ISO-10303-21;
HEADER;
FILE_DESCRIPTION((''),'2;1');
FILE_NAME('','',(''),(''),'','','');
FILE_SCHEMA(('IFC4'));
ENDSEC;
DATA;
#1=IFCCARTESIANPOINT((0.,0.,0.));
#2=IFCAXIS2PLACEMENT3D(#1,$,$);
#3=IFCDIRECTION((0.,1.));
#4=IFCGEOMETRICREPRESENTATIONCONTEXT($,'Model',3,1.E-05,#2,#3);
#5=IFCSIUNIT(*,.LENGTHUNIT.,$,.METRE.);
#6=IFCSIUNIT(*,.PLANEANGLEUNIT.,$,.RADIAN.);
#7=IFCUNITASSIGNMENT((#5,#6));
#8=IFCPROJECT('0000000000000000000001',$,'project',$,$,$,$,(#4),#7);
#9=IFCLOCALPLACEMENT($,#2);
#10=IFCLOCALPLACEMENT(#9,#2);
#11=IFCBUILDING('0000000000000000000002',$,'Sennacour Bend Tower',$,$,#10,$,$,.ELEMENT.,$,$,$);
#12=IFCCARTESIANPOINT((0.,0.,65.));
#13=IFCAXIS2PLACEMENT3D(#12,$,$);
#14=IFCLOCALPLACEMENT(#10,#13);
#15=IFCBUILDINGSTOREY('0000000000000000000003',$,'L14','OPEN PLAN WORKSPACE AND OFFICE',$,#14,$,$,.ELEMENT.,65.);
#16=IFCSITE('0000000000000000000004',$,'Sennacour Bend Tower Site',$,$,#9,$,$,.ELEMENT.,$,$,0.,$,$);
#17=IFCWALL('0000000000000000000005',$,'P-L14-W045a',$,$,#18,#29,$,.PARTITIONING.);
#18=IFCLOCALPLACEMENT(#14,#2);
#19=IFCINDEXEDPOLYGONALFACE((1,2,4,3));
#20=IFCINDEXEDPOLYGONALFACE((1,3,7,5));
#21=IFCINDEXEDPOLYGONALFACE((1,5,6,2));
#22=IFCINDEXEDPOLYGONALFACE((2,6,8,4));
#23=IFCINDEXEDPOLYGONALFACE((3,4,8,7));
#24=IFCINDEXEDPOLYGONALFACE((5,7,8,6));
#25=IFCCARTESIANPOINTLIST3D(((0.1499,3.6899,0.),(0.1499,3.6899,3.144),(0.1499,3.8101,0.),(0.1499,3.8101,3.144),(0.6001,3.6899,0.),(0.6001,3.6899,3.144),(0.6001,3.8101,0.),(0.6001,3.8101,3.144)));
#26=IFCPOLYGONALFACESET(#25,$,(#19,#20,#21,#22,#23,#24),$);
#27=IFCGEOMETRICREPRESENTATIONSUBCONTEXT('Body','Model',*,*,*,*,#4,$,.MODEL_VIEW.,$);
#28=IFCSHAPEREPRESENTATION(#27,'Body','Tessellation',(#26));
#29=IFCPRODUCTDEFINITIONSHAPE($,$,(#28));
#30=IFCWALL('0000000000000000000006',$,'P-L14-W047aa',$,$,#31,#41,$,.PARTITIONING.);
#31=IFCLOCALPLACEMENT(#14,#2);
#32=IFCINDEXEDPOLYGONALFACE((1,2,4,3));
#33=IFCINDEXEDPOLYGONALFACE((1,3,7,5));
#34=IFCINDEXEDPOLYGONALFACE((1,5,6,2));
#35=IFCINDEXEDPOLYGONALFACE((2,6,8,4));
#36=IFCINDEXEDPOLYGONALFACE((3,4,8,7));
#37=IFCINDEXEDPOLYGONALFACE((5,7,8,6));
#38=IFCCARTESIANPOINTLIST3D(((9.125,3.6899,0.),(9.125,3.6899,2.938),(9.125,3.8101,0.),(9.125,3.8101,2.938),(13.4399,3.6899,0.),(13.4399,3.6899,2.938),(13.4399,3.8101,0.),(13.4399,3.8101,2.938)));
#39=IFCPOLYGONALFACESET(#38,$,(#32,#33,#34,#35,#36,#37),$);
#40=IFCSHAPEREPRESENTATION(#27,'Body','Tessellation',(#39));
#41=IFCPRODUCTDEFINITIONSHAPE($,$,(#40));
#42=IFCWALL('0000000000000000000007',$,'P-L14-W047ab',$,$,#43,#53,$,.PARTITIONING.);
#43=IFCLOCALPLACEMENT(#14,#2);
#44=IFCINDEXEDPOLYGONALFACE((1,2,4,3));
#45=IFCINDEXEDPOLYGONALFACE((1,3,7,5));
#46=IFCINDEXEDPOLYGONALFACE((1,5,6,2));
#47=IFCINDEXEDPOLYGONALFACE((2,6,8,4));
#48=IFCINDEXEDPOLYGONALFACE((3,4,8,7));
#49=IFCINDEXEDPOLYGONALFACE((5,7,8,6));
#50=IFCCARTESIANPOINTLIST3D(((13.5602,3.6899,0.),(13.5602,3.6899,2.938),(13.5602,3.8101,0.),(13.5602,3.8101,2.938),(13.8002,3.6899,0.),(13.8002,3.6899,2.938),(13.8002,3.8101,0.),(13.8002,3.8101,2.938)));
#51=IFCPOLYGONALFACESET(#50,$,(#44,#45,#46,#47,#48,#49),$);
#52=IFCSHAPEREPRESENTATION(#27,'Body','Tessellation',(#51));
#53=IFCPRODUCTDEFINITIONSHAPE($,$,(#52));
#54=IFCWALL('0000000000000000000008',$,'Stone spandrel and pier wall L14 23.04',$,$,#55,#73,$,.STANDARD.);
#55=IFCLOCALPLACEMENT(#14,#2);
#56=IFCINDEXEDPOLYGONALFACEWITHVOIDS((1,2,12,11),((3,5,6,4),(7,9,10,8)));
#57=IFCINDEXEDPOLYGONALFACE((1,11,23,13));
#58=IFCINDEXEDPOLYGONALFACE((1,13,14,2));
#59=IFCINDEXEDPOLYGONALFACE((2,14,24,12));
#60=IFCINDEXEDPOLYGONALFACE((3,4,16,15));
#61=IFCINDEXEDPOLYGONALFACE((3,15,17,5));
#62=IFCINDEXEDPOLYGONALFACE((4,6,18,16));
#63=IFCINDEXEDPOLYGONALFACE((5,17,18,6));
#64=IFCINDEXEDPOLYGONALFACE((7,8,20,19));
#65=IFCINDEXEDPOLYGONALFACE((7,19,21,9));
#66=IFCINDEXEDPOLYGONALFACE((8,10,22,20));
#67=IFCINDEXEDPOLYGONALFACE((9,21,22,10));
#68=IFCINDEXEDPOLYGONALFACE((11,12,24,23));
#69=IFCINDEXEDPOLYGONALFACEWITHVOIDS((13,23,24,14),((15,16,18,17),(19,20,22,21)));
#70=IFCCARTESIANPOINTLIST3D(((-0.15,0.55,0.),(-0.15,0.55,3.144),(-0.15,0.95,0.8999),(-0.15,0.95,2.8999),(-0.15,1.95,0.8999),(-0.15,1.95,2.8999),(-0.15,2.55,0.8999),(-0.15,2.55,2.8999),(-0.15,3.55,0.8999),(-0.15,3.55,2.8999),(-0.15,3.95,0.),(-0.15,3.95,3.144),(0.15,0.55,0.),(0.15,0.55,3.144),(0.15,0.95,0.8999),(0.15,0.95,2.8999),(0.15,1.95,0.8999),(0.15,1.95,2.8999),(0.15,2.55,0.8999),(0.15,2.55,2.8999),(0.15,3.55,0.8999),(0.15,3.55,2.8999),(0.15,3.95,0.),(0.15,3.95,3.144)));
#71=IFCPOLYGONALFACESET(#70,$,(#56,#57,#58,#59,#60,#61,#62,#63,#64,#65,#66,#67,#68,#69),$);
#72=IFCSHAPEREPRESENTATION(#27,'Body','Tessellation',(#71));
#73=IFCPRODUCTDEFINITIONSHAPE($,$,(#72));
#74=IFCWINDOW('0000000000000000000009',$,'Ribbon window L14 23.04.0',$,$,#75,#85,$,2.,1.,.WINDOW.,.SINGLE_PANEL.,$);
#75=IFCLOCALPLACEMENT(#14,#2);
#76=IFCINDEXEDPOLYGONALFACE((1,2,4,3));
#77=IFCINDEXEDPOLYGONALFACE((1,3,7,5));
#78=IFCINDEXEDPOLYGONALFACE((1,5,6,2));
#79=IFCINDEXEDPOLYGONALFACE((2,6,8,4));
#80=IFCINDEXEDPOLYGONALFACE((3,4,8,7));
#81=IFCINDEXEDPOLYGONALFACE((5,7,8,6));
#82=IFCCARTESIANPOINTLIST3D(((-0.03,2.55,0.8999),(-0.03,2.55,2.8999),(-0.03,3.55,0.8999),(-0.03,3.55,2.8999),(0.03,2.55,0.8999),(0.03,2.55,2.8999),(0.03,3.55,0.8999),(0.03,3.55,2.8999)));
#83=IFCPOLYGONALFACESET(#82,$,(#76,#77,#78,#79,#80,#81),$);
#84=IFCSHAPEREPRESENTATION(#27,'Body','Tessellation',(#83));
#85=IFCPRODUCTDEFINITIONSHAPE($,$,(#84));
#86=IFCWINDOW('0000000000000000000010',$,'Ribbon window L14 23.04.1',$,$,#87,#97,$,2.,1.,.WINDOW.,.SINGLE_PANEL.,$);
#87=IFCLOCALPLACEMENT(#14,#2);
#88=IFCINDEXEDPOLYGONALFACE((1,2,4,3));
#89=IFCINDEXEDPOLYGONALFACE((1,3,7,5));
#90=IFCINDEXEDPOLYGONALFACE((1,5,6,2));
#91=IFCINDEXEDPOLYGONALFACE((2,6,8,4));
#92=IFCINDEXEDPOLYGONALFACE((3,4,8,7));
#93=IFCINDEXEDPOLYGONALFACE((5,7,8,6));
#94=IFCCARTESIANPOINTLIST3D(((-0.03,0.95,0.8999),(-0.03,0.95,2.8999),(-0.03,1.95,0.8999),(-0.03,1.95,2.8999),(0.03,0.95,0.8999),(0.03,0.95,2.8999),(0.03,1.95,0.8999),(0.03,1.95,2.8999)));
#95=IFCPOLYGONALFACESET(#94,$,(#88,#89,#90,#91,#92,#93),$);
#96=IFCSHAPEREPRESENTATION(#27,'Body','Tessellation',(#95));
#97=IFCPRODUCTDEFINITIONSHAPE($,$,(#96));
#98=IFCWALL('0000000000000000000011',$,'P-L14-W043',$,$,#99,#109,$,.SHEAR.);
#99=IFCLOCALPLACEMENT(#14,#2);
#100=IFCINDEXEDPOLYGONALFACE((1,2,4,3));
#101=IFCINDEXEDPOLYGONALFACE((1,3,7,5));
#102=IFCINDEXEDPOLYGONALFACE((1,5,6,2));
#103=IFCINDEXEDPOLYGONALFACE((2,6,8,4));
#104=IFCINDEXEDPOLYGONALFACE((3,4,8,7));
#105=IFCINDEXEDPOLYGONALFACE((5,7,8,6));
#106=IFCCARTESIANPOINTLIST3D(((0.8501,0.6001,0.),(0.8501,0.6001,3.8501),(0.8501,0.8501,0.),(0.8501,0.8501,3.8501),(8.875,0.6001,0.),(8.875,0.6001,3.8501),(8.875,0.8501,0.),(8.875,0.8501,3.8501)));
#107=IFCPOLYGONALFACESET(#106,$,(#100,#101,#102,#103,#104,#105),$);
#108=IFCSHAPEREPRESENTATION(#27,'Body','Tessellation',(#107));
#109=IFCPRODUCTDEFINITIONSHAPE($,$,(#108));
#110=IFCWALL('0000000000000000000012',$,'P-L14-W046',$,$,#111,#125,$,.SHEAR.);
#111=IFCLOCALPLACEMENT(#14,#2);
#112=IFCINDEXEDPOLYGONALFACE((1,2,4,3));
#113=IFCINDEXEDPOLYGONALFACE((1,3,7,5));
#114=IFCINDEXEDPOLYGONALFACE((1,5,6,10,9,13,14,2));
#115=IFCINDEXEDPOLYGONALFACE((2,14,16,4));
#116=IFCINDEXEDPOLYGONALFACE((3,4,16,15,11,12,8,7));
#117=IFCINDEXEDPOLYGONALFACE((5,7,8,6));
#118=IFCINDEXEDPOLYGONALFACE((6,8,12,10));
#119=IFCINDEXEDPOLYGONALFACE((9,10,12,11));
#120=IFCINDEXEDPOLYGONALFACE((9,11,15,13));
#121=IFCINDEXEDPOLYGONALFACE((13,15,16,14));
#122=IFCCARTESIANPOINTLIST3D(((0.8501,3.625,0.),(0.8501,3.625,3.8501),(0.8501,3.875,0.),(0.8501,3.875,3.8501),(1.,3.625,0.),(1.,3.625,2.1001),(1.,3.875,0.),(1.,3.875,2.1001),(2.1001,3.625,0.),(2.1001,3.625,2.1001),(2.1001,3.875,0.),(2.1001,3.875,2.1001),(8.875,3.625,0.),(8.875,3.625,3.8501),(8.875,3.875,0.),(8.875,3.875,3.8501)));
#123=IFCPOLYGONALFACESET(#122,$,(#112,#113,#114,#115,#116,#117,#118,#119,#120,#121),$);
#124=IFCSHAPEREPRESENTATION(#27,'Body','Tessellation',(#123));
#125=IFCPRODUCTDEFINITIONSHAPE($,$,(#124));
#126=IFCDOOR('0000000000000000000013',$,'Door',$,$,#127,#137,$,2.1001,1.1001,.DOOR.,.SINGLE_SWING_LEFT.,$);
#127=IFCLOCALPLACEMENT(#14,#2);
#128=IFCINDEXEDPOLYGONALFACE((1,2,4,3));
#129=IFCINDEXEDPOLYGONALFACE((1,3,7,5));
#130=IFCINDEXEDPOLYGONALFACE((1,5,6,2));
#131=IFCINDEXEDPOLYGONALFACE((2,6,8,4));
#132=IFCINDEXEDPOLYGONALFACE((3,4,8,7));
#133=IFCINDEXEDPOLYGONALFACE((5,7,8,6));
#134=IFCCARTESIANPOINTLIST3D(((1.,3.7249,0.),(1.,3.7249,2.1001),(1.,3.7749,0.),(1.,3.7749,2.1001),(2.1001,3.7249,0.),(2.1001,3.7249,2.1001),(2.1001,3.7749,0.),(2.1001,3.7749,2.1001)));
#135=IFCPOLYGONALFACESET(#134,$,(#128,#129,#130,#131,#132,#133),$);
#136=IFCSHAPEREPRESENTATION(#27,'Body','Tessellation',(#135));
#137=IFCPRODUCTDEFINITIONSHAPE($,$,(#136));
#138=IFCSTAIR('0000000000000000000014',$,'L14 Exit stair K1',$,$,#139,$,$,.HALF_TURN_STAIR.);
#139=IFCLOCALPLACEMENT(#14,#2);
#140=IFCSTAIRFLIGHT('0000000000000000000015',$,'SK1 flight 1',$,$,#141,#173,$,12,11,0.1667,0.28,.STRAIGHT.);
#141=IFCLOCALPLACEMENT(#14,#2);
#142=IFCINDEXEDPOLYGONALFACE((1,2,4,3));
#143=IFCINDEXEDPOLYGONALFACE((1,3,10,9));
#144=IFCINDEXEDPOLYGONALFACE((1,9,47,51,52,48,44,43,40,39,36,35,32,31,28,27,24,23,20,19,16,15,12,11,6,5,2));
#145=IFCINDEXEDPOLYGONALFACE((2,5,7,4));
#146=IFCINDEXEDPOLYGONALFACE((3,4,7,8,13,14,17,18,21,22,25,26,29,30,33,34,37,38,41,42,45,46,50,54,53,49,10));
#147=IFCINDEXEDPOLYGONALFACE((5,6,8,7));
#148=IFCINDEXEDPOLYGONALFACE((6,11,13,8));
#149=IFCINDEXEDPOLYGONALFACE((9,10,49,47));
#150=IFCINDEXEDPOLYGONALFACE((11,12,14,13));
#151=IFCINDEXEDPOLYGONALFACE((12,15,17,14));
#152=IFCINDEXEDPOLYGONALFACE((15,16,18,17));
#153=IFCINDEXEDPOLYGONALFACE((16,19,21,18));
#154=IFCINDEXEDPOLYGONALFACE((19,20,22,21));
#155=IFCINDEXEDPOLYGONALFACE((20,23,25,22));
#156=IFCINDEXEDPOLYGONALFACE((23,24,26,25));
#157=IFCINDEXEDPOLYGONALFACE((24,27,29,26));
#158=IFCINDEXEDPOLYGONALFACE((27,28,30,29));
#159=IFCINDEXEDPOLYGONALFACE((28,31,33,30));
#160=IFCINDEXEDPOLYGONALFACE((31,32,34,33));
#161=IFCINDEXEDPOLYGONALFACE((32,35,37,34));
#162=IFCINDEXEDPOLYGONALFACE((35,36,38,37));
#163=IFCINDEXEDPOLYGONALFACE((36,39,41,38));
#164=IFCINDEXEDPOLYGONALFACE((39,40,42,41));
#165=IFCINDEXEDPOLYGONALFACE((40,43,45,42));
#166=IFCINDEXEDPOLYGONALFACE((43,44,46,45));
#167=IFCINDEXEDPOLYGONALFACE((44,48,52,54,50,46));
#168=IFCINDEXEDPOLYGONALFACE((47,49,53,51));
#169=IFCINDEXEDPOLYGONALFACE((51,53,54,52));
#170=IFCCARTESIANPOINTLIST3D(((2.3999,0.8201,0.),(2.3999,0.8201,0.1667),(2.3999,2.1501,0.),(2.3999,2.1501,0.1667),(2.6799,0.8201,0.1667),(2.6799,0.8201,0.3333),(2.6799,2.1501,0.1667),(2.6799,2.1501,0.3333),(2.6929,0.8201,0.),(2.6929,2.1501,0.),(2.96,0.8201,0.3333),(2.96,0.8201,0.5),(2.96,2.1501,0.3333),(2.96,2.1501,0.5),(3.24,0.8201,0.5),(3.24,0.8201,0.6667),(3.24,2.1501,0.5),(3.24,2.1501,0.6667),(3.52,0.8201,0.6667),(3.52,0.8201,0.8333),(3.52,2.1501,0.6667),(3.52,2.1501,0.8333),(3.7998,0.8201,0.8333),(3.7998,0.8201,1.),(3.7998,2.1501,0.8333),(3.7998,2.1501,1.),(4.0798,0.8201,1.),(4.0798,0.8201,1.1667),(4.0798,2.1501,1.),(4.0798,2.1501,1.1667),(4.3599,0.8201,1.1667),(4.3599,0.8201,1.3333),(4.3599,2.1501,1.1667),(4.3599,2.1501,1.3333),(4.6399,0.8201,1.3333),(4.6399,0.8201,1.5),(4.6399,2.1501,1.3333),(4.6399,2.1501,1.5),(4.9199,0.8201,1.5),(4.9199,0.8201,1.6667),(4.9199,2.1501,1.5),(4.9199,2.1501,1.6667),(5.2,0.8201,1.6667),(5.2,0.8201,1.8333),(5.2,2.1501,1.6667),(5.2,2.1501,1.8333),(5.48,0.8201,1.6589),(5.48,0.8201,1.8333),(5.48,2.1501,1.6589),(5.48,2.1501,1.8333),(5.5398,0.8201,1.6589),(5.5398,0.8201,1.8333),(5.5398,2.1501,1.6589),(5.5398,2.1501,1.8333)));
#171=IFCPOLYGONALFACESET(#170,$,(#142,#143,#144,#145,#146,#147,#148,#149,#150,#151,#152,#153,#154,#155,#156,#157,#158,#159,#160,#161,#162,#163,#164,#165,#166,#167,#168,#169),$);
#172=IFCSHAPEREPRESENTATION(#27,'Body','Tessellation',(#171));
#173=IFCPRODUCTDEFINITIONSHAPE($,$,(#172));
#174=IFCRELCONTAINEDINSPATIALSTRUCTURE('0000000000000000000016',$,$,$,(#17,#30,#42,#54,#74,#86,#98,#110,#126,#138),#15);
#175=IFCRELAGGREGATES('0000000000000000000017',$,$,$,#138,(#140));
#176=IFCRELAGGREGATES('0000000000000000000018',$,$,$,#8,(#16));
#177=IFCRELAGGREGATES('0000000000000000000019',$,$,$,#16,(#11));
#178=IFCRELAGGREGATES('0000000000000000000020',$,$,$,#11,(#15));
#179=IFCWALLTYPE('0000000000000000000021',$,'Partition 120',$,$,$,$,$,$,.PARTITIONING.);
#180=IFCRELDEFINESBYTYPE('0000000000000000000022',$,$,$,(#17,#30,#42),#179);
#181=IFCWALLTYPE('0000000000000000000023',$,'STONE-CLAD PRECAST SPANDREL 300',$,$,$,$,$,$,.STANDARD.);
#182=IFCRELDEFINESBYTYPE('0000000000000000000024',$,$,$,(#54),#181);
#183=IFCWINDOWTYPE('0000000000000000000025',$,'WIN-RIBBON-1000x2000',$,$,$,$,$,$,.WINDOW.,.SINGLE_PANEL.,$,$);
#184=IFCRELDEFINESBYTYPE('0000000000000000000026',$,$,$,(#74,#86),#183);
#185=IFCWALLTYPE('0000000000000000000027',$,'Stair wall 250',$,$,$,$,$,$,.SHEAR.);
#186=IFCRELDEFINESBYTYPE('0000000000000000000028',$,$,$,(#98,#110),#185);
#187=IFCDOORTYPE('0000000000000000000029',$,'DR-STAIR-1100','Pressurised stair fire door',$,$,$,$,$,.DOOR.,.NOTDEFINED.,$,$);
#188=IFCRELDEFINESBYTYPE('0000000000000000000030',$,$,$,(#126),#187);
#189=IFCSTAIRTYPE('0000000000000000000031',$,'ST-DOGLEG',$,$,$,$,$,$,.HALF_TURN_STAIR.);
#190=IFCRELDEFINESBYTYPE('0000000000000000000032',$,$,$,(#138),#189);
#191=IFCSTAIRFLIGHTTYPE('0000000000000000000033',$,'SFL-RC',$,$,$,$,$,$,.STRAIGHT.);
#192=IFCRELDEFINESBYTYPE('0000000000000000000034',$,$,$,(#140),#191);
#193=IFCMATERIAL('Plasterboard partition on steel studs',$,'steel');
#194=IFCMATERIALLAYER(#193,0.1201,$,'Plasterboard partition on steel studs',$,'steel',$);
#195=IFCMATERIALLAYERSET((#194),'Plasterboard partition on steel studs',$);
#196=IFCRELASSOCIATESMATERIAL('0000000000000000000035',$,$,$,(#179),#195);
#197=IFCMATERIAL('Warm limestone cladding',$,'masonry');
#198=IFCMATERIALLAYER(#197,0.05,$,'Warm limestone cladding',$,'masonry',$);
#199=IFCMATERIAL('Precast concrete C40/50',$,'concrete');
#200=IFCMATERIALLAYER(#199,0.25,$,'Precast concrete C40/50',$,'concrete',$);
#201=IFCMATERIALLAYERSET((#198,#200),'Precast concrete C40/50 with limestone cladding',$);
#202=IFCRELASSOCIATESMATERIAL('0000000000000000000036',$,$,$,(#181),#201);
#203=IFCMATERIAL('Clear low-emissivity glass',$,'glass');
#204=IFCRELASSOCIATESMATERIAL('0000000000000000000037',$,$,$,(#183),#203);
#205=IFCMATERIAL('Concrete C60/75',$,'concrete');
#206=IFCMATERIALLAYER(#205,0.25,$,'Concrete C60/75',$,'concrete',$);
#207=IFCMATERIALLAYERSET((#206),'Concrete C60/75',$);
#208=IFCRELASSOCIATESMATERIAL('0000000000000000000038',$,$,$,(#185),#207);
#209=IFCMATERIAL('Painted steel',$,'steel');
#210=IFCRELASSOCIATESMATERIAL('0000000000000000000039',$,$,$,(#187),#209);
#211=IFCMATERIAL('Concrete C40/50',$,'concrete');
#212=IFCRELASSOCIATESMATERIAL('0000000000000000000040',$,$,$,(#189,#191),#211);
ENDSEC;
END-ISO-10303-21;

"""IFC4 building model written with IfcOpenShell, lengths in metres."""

from ifc_helpers import new_model, si_unit, direction, frame, frame_2d, origin, place, context, subcontext, project, spatial, polyline, rectangle, outline, extrude, material, layer, layer_set, type_object, element, fill, aggregate, save


model = new_model("IFC4")

# Units and contexts
model_context = context("Model", 3, precision=1e-05, world=origin(), true_north=direction((0.0, 1.0)))
body_context = subcontext(model_context, "Body", "Model", "MODEL_VIEW")
ifc_project = project(units=[si_unit("LENGTHUNIT", "METRE"), si_unit("PLANEANGLEUNIT", "RADIAN")], contexts=[model_context])

# Site, building, storey
site_placement = place(None, origin())
site = spatial("IfcSite", under=ifc_project, at=site_placement, Name="Sennacour Bend Tower Site", CompositionType="ELEMENT", RefElevation=0.0)
building_placement = place(site_placement, origin())
building = spatial("IfcBuilding", under=site, at=building_placement, Name="Sennacour Bend Tower", CompositionType="ELEMENT")
storey_placement = place(building_placement, frame((0.0, 0.0, 65.0)))
storey = spatial("IfcBuildingStorey", under=building, at=storey_placement, Name="L14", Description="OPEN PLAN WORKSPACE AND OFFICE", CompositionType="ELEMENT", Elevation=65.0)

# Walls
ifc_material_1 = material(Name="Plasterboard partition on steel studs", Category="steel")
ifc_layer_1 = layer(ifc_material_1, 0.1201, Name="Plasterboard partition on steel studs", Category="steel")
ifc_layer_set_1 = layer_set([ifc_layer_1], Name="Plasterboard partition on steel studs")
wall_type_1 = type_object("IfcWallType", Name="Partition 120", PredefinedType="PARTITIONING", material=ifc_layer_set_1)
wall_1_placement = place(storey_placement, frame((0.1499, 3.75, 0.0), z_axis=(0.0, 0.0, 1.0), x_axis=(1.0, 0.0, 0.0)))
element("IfcWall", 1, at=wall_1_placement, inside=storey, type_object=wall_type_1, Name="P-L14-W045a", PredefinedType="PARTITIONING", context=body_context, shape_type="SweptSolid", body=[
    extrude(rectangle(XDim=0.4502, YDim=0.1201, at=frame_2d((0.2251, 0.0))), origin(), (0.0, 0.0, 1.0), 3.144),
])
wall_2_placement = place(storey_placement, frame((9.125, 3.75, 0.0), z_axis=(0.0, 0.0, 1.0), x_axis=(1.0, 0.0, 0.0)))
element("IfcWall", 2, at=wall_2_placement, inside=storey, type_object=wall_type_1, Name="P-L14-W047aa", PredefinedType="PARTITIONING", context=body_context, shape_type="SweptSolid", body=[
    extrude(rectangle(XDim=4.3149, YDim=0.1201, at=frame_2d((2.1575, 0.0))), origin(), (0.0, 0.0, 1.0), 2.938),
])
wall_3_placement = place(storey_placement, frame((13.5601, 3.75, 0.0), z_axis=(0.0, 0.0, 1.0), x_axis=(1.0, 0.0, 0.0)))
element("IfcWall", 3, at=wall_3_placement, inside=storey, type_object=wall_type_1, Name="P-L14-W047ab", PredefinedType="PARTITIONING", context=body_context, shape_type="SweptSolid", body=[
    extrude(rectangle(XDim=0.24, YDim=0.1201, at=frame_2d((0.1201, 0.0))), origin(), (0.0, 0.0, 1.0), 2.938),
])

# Wall, openings, windows
ifc_material_2 = material(Name="Warm limestone cladding", Category="masonry")
ifc_layer_2 = layer(ifc_material_2, 0.05, Name="Warm limestone cladding", Category="masonry")
ifc_material_3 = material(Name="Precast concrete C40/50", Category="concrete")
ifc_layer_3 = layer(ifc_material_3, 0.25, Name="Precast concrete C40/50", Category="concrete")
ifc_layer_set_2 = layer_set([ifc_layer_2, ifc_layer_3], Name="Precast concrete C40/50 with limestone cladding")
wall_type_2 = type_object("IfcWallType", Name="STONE-CLAD PRECAST SPANDREL 300", PredefinedType="STANDARD", material=ifc_layer_set_2)
wall_4_placement = place(storey_placement, frame((0.0, 3.95, 0.0), z_axis=(0.0, 0.0, 1.0), x_axis=(0.0, -1.0, 0.0)))
wall_4 = element("IfcWall", 4, at=wall_4_placement, inside=storey, type_object=wall_type_2, Name="Stone spandrel and pier wall L14 23.04", PredefinedType="STANDARD", context=body_context, shape_type="SweptSolid", body=[
    extrude(rectangle(XDim=3.3999, YDim=0.3, at=frame_2d((1.7, 0.0))), origin(), (0.0, 0.0, 1.0), 3.144),
])
opening_1_placement = place(wall_4_placement, frame((0.3999, 0.0, 0.8999)))
opening_1 = element("IfcOpeningElement", 5, at=opening_1_placement, cuts=wall_4, PredefinedType="OPENING", context=body_context, shape_type="SweptSolid", body=[
    extrude(rectangle(XDim=1.0, YDim=2.0, at=frame_2d((0.5, 1.0))), frame((0.0, 0.1602, 0.0), z_axis=(0.0, -1.0, 0.0), x_axis=(1.0, 0.0, 0.0)), (0.0, 0.0, 1.0), 0.3201),
])
opening_2_placement = place(wall_4_placement, frame((2.0, 0.0, 0.8999)))
opening_2 = element("IfcOpeningElement", 6, at=opening_2_placement, cuts=wall_4, PredefinedType="OPENING", context=body_context, shape_type="SweptSolid", body=[
    extrude(rectangle(XDim=1.0, YDim=2.0, at=frame_2d((0.5, 1.0))), frame((0.0, 0.1602, 0.0), z_axis=(0.0, -1.0, 0.0), x_axis=(1.0, 0.0, 0.0)), (0.0, 0.0, 1.0), 0.3201),
])
ifc_material_4 = material(Name="Clear low-emissivity glass", Category="glass")
window_type = type_object("IfcWindowType", Name="WIN-RIBBON-1000x2000", PartitioningType="SINGLE_PANEL", PredefinedType="WINDOW", material=ifc_material_4)
window_1_placement = place(opening_1_placement, origin())
window_1 = element("IfcWindow", 7, at=window_1_placement, inside=storey, type_object=window_type, Name="Ribbon window L14 23.04.0", OverallHeight=2.0, OverallWidth=1.0, PartitioningType="SINGLE_PANEL", PredefinedType="WINDOW", context=body_context, shape_type="SweptSolid", body=[
    extrude(rectangle(XDim=1.0, YDim=2.0, at=frame_2d((0.5, 1.0))), frame((0.0, 0.03, 0.0), z_axis=(0.0, -1.0, 0.0), x_axis=(1.0, 0.0, 0.0)), (0.0, 0.0, 1.0), 0.0601),
])
fill(opening_1, window_1)
window_2_placement = place(opening_2_placement, origin())
window_2 = element("IfcWindow", 8, at=window_2_placement, inside=storey, type_object=window_type, Name="Ribbon window L14 23.04.1", OverallHeight=2.0, OverallWidth=1.0, PartitioningType="SINGLE_PANEL", PredefinedType="WINDOW", context=body_context, shape_type="SweptSolid", body=[
    extrude(rectangle(XDim=1.0, YDim=2.0, at=frame_2d((0.5, 1.0))), frame((0.0, 0.03, 0.0), z_axis=(0.0, -1.0, 0.0), x_axis=(1.0, 0.0, 0.0)), (0.0, 0.0, 1.0), 0.0601),
])
fill(opening_2, window_2)

# Wall
ifc_material_5 = material(Name="Concrete C60/75", Category="concrete")
ifc_layer_4 = layer(ifc_material_5, 0.25, Name="Concrete C60/75", Category="concrete")
ifc_layer_set_3 = layer_set([ifc_layer_4], Name="Concrete C60/75")
wall_type_3 = type_object("IfcWallType", Name="Stair wall 250", PredefinedType="SHEAR", material=ifc_layer_set_3)
wall_5_placement = place(storey_placement, frame((0.8501, 0.7251, 0.0), z_axis=(0.0, 0.0, 1.0), x_axis=(1.0, 0.0, 0.0)))
element("IfcWall", 9, at=wall_5_placement, inside=storey, type_object=wall_type_3, Name="P-L14-W043", PredefinedType="SHEAR", context=body_context, shape_type="SweptSolid", body=[
    extrude(rectangle(XDim=8.0249, YDim=0.25, at=frame_2d((4.0125, 0.0))), origin(), (0.0, 0.0, 1.0), 3.8501),
])

# Wall, opening, door
wall_6_placement = place(storey_placement, frame((0.8501, 3.75, 0.0), z_axis=(0.0, 0.0, 1.0), x_axis=(1.0, 0.0, 0.0)))
wall_6 = element("IfcWall", 10, at=wall_6_placement, inside=storey, type_object=wall_type_3, Name="P-L14-W046", PredefinedType="SHEAR", context=body_context, shape_type="SweptSolid", body=[
    extrude(rectangle(XDim=8.0249, YDim=0.25, at=frame_2d((4.0125, 0.0))), origin(), (0.0, 0.0, 1.0), 3.8501),
])
opening_3_placement = place(wall_6_placement, frame((0.1499, 0.0, 0.0)))
opening_3 = element("IfcOpeningElement", 11, at=opening_3_placement, cuts=wall_6, PredefinedType="OPENING", context=body_context, shape_type="SweptSolid", body=[
    extrude(rectangle(XDim=1.1001, YDim=2.1001, at=frame_2d((0.55, 1.05))), frame((0.0, 0.135, 0.0), z_axis=(0.0, -1.0, 0.0), x_axis=(1.0, 0.0, 0.0)), (0.0, 0.0, 1.0), 0.27),
])
ifc_material_6 = material(Name="Painted steel", Category="steel")
door_type = type_object("IfcDoorType", Name="DR-STAIR-1100", Description="Pressurised stair fire door", OperationType="NOTDEFINED", PredefinedType="DOOR", material=ifc_material_6)
door_placement = place(opening_3_placement, origin())
door = element("IfcDoor", 12, at=door_placement, inside=storey, type_object=door_type, Name="Door", OperationType="SINGLE_SWING_LEFT", OverallHeight=2.1001, OverallWidth=1.1001, PredefinedType="DOOR", context=body_context, shape_type="SweptSolid", body=[
    extrude(rectangle(XDim=1.1001, YDim=2.1001, at=frame_2d((0.55, 1.05))), frame((0.0, 0.0249, 0.0), z_axis=(0.0, -1.0, 0.0), x_axis=(1.0, 0.0, 0.0)), (0.0, 0.0, 1.0), 0.05),
])
fill(opening_3, door)

# Stair, stair flight
ifc_material_7 = material(Name="Concrete C40/50", Category="concrete")
stair_type = type_object("IfcStairType", Name="ST-DOGLEG", PredefinedType="HALF_TURN_STAIR", material=ifc_material_7)
stair_placement = place(storey_placement, origin())
stair = element("IfcStair", 13, at=stair_placement, inside=storey, type_object=stair_type, Name="L14 Exit stair K1", PredefinedType="HALF_TURN_STAIR")
stair_flight_type = type_object("IfcStairFlightType", Name="SFL-RC", PredefinedType="STRAIGHT", material=ifc_material_7)
stair_flight_1_placement = place(storey_placement, frame((2.3999, 1.4851, 0.0), z_axis=(0.0, 0.0, 1.0), x_axis=(1.0, 0.0, 0.0)))
stair_flight_1 = element("IfcStairFlight", 14, at=stair_flight_1_placement, type_object=stair_flight_type, Name="SK1 flight 1", NumberOfRisers=12, NumberOfTreads=11, PredefinedType="STRAIGHT", RiserHeight=0.1667, TreadLength=0.28, context=body_context, shape_type="SweptSolid", body=[
    extrude(outline(polyline([(0.0, 0.0), (0.0, 0.1667), (0.28, 0.1667), (0.28, 0.3333), (0.5601, 0.3333), (0.5601, 0.5), (0.8401, 0.5), (0.8401, 0.6667), (1.1201, 0.6667), (1.1201, 0.8333), (1.3999, 0.8333), (1.3999, 1.0), (1.6799, 1.0), (1.6799, 1.1667), (1.96, 1.1667), (1.96, 1.3333), (2.24, 1.3333), (2.24, 1.5), (2.52, 1.5), (2.52, 1.6667), (2.8, 1.6667), (2.8, 1.8333), (3.0801, 1.8333), (3.1399, 1.8333), (3.1399, 1.6589), (3.0801, 1.6589), (0.293, 0.0), (0.0, 0.0)])), frame((0.0, 0.665, 0.0), z_axis=(0.0, -1.0, 0.0), x_axis=(1.0, 0.0, 0.0)), (0.0, 0.0, 1.0), 1.3301),
])
aggregate(stair, [stair_flight_1])

save(model, "model.ifc")
